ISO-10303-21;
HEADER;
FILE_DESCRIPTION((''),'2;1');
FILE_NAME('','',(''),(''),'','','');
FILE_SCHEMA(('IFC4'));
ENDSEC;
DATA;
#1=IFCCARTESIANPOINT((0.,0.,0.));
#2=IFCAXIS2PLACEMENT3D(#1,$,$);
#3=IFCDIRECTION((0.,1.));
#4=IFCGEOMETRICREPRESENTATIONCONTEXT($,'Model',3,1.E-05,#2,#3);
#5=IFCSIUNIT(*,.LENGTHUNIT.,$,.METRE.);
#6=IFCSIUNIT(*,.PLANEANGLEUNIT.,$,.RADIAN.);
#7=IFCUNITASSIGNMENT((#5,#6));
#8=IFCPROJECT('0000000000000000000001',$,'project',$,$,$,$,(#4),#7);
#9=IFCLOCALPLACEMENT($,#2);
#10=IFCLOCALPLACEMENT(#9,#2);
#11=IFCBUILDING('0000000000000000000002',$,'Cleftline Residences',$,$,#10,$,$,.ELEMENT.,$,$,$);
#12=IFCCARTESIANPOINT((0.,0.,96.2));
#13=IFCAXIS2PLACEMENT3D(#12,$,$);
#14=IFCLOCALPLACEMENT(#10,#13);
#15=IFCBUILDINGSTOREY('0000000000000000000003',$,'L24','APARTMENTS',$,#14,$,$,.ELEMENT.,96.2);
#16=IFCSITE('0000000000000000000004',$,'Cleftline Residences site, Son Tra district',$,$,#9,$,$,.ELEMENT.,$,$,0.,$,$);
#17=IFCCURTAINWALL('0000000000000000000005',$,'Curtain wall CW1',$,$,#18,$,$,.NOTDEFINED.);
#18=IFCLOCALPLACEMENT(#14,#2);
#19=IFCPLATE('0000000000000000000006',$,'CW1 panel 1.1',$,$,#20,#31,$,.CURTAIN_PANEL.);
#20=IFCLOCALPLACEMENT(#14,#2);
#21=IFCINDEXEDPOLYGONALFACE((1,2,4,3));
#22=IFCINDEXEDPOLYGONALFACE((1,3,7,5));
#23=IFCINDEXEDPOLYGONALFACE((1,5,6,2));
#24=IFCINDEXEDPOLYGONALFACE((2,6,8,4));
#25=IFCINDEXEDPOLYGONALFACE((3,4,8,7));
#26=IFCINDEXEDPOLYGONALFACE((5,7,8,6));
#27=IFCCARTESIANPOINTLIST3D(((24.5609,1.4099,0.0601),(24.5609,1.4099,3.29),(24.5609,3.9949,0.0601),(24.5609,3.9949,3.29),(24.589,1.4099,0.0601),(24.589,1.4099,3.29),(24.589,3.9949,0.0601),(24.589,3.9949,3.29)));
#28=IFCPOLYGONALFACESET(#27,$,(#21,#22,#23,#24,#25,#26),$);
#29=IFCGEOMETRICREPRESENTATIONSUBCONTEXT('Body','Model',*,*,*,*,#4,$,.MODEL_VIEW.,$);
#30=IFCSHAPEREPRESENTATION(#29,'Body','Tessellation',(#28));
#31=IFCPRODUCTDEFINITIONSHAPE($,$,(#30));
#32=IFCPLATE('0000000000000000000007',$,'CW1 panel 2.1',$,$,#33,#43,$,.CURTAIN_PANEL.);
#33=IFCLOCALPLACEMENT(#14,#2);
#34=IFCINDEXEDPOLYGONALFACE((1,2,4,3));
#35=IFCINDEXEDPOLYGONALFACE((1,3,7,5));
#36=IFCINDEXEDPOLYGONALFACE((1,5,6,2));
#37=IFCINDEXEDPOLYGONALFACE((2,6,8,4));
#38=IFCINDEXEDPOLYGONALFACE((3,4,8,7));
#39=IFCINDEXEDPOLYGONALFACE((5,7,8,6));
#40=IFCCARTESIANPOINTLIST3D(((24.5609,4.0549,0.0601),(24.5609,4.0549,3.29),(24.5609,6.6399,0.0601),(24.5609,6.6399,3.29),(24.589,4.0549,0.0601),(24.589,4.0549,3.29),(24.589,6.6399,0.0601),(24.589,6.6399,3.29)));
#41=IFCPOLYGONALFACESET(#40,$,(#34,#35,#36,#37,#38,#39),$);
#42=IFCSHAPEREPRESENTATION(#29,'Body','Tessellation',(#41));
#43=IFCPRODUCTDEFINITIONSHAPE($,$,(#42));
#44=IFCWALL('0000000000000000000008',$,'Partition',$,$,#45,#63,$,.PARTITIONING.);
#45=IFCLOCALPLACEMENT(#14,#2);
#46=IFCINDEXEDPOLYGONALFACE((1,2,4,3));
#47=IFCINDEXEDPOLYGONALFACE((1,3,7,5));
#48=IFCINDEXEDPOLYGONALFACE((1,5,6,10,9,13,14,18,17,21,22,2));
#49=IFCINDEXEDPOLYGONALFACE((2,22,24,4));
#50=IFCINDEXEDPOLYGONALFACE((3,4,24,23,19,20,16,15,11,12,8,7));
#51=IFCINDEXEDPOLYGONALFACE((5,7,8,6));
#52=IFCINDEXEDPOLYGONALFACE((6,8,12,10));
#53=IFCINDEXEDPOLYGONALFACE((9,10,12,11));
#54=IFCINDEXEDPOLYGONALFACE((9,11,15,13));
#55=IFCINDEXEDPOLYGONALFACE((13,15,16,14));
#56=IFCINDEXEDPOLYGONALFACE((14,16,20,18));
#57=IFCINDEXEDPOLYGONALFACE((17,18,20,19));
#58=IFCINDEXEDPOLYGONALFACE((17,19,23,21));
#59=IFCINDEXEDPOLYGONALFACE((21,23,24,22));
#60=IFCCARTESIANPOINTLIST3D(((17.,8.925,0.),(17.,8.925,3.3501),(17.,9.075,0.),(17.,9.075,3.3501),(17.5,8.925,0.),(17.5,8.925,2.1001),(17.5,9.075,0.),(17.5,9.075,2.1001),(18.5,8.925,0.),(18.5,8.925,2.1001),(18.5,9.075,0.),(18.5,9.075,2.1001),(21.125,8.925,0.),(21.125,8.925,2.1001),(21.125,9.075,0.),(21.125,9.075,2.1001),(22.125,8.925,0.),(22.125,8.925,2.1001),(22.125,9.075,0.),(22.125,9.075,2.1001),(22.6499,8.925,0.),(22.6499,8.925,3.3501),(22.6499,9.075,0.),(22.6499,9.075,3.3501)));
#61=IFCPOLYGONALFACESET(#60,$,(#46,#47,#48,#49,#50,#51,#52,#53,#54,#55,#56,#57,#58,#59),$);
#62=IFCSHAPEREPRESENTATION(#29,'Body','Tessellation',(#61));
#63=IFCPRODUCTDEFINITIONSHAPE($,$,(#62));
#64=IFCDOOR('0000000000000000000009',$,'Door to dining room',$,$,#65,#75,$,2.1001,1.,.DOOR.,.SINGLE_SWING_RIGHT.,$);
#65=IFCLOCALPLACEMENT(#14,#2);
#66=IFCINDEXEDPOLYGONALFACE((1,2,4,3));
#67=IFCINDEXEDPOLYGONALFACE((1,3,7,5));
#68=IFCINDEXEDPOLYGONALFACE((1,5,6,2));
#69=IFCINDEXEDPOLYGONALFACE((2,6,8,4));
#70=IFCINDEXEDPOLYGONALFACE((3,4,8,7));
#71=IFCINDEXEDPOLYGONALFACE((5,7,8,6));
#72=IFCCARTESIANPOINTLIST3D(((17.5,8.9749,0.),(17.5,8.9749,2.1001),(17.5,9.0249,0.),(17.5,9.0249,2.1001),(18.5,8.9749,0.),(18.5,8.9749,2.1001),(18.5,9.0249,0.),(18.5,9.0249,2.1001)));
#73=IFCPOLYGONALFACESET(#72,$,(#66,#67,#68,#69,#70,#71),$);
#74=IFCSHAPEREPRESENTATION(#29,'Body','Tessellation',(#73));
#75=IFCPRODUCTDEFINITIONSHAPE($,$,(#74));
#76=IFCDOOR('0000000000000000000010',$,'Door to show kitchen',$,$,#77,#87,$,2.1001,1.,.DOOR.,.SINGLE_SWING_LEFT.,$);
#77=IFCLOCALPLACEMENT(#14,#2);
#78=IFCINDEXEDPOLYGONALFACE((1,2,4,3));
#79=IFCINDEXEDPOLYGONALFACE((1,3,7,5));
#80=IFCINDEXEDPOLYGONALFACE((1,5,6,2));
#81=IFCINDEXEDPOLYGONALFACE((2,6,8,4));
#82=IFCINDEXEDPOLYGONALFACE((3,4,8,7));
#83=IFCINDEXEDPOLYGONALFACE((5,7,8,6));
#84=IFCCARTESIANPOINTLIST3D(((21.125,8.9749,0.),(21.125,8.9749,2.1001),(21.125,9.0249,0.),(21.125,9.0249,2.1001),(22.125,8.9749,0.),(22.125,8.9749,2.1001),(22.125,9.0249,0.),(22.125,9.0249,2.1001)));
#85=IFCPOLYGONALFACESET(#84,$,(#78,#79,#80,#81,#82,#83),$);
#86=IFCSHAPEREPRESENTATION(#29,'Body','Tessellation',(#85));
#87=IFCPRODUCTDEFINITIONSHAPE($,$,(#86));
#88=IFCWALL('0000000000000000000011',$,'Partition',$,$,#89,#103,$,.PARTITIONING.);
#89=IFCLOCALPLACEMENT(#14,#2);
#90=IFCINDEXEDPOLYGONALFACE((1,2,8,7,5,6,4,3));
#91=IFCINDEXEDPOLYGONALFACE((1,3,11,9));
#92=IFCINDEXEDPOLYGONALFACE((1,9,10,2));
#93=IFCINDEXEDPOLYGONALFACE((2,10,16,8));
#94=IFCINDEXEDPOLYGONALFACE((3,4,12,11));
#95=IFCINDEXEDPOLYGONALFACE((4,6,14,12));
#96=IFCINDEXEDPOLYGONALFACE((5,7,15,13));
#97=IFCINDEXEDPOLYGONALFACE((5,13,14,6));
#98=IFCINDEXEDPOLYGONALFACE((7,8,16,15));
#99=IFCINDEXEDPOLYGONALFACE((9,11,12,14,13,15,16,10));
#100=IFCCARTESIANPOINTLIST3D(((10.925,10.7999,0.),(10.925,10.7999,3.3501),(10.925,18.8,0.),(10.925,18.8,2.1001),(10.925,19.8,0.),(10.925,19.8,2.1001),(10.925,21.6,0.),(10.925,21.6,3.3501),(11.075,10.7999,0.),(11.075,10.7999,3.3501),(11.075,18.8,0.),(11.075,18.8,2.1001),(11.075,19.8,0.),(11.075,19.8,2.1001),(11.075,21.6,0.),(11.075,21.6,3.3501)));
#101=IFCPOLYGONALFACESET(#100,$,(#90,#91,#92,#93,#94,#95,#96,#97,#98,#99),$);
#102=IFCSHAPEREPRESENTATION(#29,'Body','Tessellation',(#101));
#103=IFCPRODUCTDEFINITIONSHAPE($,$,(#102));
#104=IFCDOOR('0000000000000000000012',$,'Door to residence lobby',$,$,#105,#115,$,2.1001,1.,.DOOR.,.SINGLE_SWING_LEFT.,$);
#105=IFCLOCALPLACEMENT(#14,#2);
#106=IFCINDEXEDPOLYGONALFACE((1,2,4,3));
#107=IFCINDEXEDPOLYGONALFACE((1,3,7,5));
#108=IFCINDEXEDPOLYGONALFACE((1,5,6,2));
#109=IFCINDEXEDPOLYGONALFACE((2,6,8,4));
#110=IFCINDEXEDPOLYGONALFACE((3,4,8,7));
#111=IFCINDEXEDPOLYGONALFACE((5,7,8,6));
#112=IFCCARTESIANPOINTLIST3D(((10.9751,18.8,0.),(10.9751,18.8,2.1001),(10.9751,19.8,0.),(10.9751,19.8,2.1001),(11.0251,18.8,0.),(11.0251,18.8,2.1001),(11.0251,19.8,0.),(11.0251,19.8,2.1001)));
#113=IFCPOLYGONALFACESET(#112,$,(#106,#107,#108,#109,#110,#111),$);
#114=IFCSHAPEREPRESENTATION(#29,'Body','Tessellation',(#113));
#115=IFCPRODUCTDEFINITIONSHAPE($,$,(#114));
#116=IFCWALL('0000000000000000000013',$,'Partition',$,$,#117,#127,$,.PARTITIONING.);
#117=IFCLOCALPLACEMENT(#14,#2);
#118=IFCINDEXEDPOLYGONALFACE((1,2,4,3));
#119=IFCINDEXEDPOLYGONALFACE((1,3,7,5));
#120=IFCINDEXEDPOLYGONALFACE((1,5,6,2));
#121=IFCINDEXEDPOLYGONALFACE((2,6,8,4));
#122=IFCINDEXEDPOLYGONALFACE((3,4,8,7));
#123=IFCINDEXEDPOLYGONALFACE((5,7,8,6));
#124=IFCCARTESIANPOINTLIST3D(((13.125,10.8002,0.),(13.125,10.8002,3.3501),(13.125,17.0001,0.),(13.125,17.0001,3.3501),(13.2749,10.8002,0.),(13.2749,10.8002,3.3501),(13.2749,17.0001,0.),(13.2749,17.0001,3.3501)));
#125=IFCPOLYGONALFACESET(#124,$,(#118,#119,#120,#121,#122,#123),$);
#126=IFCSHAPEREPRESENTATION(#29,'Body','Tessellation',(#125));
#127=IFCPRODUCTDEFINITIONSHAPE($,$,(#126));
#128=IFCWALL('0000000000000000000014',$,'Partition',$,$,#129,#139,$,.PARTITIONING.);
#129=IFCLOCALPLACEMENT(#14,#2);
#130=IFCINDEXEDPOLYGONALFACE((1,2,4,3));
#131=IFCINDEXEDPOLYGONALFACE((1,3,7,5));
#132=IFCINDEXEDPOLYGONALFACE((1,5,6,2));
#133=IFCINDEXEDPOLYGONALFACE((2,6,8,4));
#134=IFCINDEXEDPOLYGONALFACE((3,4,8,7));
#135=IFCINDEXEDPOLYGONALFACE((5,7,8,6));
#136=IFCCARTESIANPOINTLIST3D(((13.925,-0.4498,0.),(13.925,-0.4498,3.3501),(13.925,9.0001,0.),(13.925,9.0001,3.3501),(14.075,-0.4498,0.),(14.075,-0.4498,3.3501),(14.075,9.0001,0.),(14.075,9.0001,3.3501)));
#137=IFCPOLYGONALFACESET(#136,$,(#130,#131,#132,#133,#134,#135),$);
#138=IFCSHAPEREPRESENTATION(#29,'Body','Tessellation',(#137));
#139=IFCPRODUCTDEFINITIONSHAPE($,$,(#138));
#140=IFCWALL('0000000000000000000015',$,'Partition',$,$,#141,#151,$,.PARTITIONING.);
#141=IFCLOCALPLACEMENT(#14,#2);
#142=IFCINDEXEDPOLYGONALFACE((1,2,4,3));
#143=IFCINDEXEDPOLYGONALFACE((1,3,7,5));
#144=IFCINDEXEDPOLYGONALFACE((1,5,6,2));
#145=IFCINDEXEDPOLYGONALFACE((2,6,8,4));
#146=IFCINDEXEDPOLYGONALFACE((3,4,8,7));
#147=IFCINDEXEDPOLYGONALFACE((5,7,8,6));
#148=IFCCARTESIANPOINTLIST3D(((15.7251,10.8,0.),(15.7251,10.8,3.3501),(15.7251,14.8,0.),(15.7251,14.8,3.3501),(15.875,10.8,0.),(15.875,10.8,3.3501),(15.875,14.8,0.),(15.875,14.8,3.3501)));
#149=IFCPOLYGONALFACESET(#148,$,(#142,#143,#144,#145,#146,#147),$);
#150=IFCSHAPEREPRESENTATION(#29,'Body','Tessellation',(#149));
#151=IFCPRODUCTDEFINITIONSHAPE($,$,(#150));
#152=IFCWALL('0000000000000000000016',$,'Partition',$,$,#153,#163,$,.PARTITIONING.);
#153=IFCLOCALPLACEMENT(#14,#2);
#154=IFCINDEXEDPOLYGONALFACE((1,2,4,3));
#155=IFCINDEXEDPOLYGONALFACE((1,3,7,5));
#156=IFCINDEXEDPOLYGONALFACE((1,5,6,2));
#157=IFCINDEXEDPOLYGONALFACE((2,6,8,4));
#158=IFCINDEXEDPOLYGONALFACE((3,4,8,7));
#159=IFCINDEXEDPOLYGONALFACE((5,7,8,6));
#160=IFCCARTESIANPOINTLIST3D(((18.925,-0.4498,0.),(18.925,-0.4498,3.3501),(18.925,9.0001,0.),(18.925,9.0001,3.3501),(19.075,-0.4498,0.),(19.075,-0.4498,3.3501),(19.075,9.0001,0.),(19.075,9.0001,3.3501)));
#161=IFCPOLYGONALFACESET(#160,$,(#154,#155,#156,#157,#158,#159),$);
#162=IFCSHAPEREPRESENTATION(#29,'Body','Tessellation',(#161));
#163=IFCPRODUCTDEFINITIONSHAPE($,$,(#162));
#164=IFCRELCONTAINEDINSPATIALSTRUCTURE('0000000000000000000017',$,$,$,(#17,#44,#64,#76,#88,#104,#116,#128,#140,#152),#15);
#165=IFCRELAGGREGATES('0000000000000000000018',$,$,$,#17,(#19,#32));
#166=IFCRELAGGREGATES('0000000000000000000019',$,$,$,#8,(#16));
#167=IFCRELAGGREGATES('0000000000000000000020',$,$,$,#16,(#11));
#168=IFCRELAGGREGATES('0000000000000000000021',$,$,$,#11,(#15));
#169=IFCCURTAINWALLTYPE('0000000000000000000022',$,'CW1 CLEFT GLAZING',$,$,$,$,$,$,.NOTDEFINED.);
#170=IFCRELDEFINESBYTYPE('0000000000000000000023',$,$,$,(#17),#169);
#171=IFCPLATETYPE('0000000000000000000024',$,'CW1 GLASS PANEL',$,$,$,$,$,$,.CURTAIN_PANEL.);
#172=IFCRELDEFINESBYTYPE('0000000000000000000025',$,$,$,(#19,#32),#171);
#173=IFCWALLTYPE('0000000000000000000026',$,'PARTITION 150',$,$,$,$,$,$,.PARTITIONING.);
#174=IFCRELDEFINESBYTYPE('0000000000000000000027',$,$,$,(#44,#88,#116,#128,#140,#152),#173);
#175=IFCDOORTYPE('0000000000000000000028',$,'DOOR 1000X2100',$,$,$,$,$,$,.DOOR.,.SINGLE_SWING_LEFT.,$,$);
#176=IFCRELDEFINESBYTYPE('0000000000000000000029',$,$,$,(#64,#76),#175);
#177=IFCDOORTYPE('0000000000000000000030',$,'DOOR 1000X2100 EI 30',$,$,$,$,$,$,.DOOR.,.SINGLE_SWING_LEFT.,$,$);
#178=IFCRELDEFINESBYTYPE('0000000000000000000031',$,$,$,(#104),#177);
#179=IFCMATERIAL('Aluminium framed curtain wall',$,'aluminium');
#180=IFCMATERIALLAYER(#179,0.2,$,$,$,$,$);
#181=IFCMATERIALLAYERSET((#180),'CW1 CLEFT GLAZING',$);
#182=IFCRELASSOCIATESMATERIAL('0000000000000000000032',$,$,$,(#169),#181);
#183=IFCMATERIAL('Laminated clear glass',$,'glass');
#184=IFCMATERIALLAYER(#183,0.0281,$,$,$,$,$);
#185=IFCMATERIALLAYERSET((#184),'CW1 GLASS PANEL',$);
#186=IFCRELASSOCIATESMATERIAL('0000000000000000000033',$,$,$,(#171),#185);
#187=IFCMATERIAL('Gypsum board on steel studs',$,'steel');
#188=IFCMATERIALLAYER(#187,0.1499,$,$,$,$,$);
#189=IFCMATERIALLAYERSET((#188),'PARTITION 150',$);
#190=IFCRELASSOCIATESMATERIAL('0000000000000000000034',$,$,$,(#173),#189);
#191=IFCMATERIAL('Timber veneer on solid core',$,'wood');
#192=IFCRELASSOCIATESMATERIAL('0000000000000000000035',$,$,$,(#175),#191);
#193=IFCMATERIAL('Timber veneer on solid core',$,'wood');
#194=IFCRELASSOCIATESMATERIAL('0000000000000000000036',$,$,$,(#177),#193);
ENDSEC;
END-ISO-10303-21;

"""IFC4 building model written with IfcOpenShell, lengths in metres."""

from ifc_helpers import new_model, si_unit, direction, frame, frame_2d, origin, origin_2d, place, context, subcontext, project, spatial, rectangle, extrude, material, layer, layer_set, type_object, element, fill, aggregate, save


model = new_model("IFC4")

# Units and contexts
model_context = context("Model", 3, precision=1e-05, world=origin(), true_north=direction((0.0, 1.0)))
body_context = subcontext(model_context, "Body", "Model", "MODEL_VIEW")
ifc_project = project(units=[si_unit("LENGTHUNIT", "METRE"), si_unit("PLANEANGLEUNIT", "RADIAN")], contexts=[model_context])

# Site, building, storey
site_placement = place(None, origin())
site = spatial("IfcSite", under=ifc_project, at=site_placement, Name="Cleftline Residences site, Son Tra district", CompositionType="ELEMENT", RefElevation=0.0)
building_placement = place(site_placement, origin())
building = spatial("IfcBuilding", under=site, at=building_placement, Name="Cleftline Residences", CompositionType="ELEMENT")
storey_placement = place(building_placement, frame((0.0, 0.0, 96.2)))
storey = spatial("IfcBuildingStorey", under=building, at=storey_placement, Name="L24", Description="APARTMENTS", CompositionType="ELEMENT", Elevation=96.2)

# Curtain wall
ifc_material_1 = material(Name="Aluminium framed curtain wall", Category="aluminium")
ifc_layer_1 = layer(ifc_material_1, 0.2)
ifc_layer_set_1 = layer_set([ifc_layer_1], Name="CW1 CLEFT GLAZING")
curtain_wall_type = type_object("IfcCurtainWallType", Name="CW1 CLEFT GLAZING", PredefinedType="NOTDEFINED", material=ifc_layer_set_1)
curtain_wall_1_placement = place(storey_placement, origin())
curtain_wall_1 = element("IfcCurtainWall", 1, at=curtain_wall_1_placement, inside=storey, type_object=curtain_wall_type, Name="Curtain wall CW1", PredefinedType="NOTDEFINED")

# Plates
ifc_material_2 = material(Name="Laminated clear glass", Category="glass")
ifc_layer_2 = layer(ifc_material_2, 0.0281)
ifc_layer_set_2 = layer_set([ifc_layer_2], Name="CW1 GLASS PANEL")
plate_type = type_object("IfcPlateType", Name="CW1 GLASS PANEL", PredefinedType="CURTAIN_PANEL", material=ifc_layer_set_2)
plate_1_placement = place(storey_placement, frame((24.575, 2.7024, 0.0601), z_axis=(0.0, 0.0, 1.0), x_axis=(0.0, 1.0, 0.0)))
plate_1 = element("IfcPlate", 2, at=plate_1_placement, type_object=plate_type, Name="CW1 panel 1.1", PredefinedType="CURTAIN_PANEL", context=body_context, shape_type="SweptSolid", body=[
    extrude(rectangle(XDim=2.585, YDim=0.0281, at=origin_2d()), origin(), (0.0, 0.0, 1.0), 3.23),
])
plate_2_placement = place(storey_placement, frame((24.575, 5.3474, 0.0601), z_axis=(0.0, 0.0, 1.0), x_axis=(0.0, 1.0, 0.0)))
plate_2 = element("IfcPlate", 3, at=plate_2_placement, type_object=plate_type, Name="CW1 panel 2.1", PredefinedType="CURTAIN_PANEL", context=body_context, shape_type="SweptSolid", body=[
    extrude(rectangle(XDim=2.585, YDim=0.0281, at=origin_2d()), origin(), (0.0, 0.0, 1.0), 3.23),
])
aggregate(curtain_wall_1, [plate_1, plate_2])

# Wall, openings, doors
ifc_material_3 = material(Name="Gypsum board on steel studs", Category="steel")
ifc_layer_3 = layer(ifc_material_3, 0.1499)
ifc_layer_set_3 = layer_set([ifc_layer_3], Name="PARTITION 150")
wall_type = type_object("IfcWallType", Name="PARTITION 150", PredefinedType="PARTITIONING", material=ifc_layer_set_3)
wall_1_placement = place(storey_placement, frame((17.0, 9.0, 0.0), z_axis=(0.0, 0.0, 1.0), x_axis=(1.0, 0.0, 0.0)))
wall_1 = element("IfcWall", 4, at=wall_1_placement, inside=storey, type_object=wall_type, Name="Partition", PredefinedType="PARTITIONING", context=body_context, shape_type="SweptSolid", body=[
    extrude(rectangle(XDim=5.6499, YDim=0.1499, at=frame_2d((2.825, 0.0))), origin(), (0.0, 0.0, 1.0), 3.3501),
])
opening_1_placement = place(wall_1_placement, frame((0.5, 0.0, 0.0)))
opening_1 = element("IfcOpeningElement", 5, at=opening_1_placement, cuts=wall_1, PredefinedType="OPENING", context=body_context, shape_type="SweptSolid", body=[
    extrude(rectangle(XDim=1.0, YDim=2.1001, at=frame_2d((0.5, 1.05))), frame((0.0, 0.085, 0.0), z_axis=(0.0, -1.0, 0.0), x_axis=(1.0, 0.0, 0.0)), (0.0, 0.0, 1.0), 0.1699),
])
opening_2_placement = place(wall_1_placement, frame((4.125, 0.0, 0.0)))
opening_2 = element("IfcOpeningElement", 6, at=opening_2_placement, cuts=wall_1, PredefinedType="OPENING", context=body_context, shape_type="SweptSolid", body=[
    extrude(rectangle(XDim=1.0, YDim=2.1001, at=frame_2d((0.5, 1.05))), frame((0.0, 0.085, 0.0), z_axis=(0.0, -1.0, 0.0), x_axis=(1.0, 0.0, 0.0)), (0.0, 0.0, 1.0), 0.1699),
])
ifc_material_4 = material(Name="Timber veneer on solid core", Category="wood")
door_type_1 = type_object("IfcDoorType", Name="DOOR 1000X2100", OperationType="SINGLE_SWING_LEFT", PredefinedType="DOOR", material=ifc_material_4)
door_1_placement = place(opening_1_placement, origin())
door_1 = element("IfcDoor", 7, at=door_1_placement, inside=storey, type_object=door_type_1, Name="Door to dining room", OperationType="SINGLE_SWING_RIGHT", OverallHeight=2.1001, OverallWidth=1.0, PredefinedType="DOOR", context=body_context, shape_type="SweptSolid", body=[
    extrude(rectangle(XDim=1.0, YDim=2.1001, at=frame_2d((0.5, 1.05))), frame((0.0, 0.0249, 0.0), z_axis=(0.0, -1.0, 0.0), x_axis=(1.0, 0.0, 0.0)), (0.0, 0.0, 1.0), 0.05),
])
fill(opening_1, door_1)
door_2_placement = place(opening_2_placement, origin())
door_2 = element("IfcDoor", 8, at=door_2_placement, inside=storey, type_object=door_type_1, Name="Door to show kitchen", OperationType="SINGLE_SWING_LEFT", OverallHeight=2.1001, OverallWidth=1.0, PredefinedType="DOOR", context=body_context, shape_type="SweptSolid", body=[
    extrude(rectangle(XDim=1.0, YDim=2.1001, at=frame_2d((0.5, 1.05))), frame((0.0, 0.0249, 0.0), z_axis=(0.0, -1.0, 0.0), x_axis=(1.0, 0.0, 0.0)), (0.0, 0.0, 1.0), 0.05),
])
fill(opening_2, door_2)

# Wall, opening, door
wall_2_placement = place(storey_placement, frame((11.0, 10.8, 0.0), z_axis=(0.0, 0.0, 1.0), x_axis=(0.0, 1.0, 0.0)))
wall_2 = element("IfcWall", 9, at=wall_2_placement, inside=storey, type_object=wall_type, Name="Partition", PredefinedType="PARTITIONING", context=body_context, shape_type="SweptSolid", body=[
    extrude(rectangle(XDim=10.8, YDim=0.1499, at=frame_2d((5.3999, 0.0))), origin(), (0.0, 0.0, 1.0), 3.3501),
])
opening_3_placement = place(wall_2_placement, frame((8.0, 0.0, 0.0)))
opening_3 = element("IfcOpeningElement", 10, at=opening_3_placement, cuts=wall_2, PredefinedType="OPENING", context=body_context, shape_type="SweptSolid", body=[
    extrude(rectangle(XDim=1.0, YDim=2.1001, at=frame_2d((0.5, 1.05))), frame((0.0, 0.085, 0.0), z_axis=(0.0, -1.0, 0.0), x_axis=(1.0, 0.0, 0.0)), (0.0, 0.0, 1.0), 0.1699),
])
ifc_material_5 = material(Name="Timber veneer on solid core", Category="wood")
door_type_2 = type_object("IfcDoorType", Name="DOOR 1000X2100 EI 30", OperationType="SINGLE_SWING_LEFT", PredefinedType="DOOR", material=ifc_material_5)
door_3_placement = place(opening_3_placement, origin())
door_3 = element("IfcDoor", 11, at=door_3_placement, inside=storey, type_object=door_type_2, Name="Door to residence lobby", OperationType="SINGLE_SWING_LEFT", OverallHeight=2.1001, OverallWidth=1.0, PredefinedType="DOOR", context=body_context, shape_type="SweptSolid", body=[
    extrude(rectangle(XDim=1.0, YDim=2.1001, at=frame_2d((0.5, 1.05))), frame((0.0, 0.0249, 0.0), z_axis=(0.0, -1.0, 0.0), x_axis=(1.0, 0.0, 0.0)), (0.0, 0.0, 1.0), 0.05),
])
fill(opening_3, door_3)

# Walls
wall_3_placement = place(storey_placement, frame((13.2, 10.8, 0.0), z_axis=(0.0, 0.0, 1.0), x_axis=(0.0, 1.0, 0.0)))
element("IfcWall", 12, at=wall_3_placement, inside=storey, type_object=wall_type, Name="Partition", PredefinedType="PARTITIONING", context=body_context, shape_type="SweptSolid", body=[
    extrude(rectangle(XDim=6.2, YDim=0.1499, at=frame_2d((3.1001, 0.0))), origin(), (0.0, 0.0, 1.0), 3.3501),
])
wall_4_placement = place(storey_placement, frame((14.0, -0.45, 0.0), z_axis=(0.0, 0.0, 1.0), x_axis=(0.0, 1.0, 0.0)))
element("IfcWall", 13, at=wall_4_placement, inside=storey, type_object=wall_type, Name="Partition", PredefinedType="PARTITIONING", context=body_context, shape_type="SweptSolid", body=[
    extrude(rectangle(XDim=9.45, YDim=0.1499, at=frame_2d((4.7251, 0.0))), origin(), (0.0, 0.0, 1.0), 3.3501),
])
wall_5_placement = place(storey_placement, frame((15.8, 10.8, 0.0), z_axis=(0.0, 0.0, 1.0), x_axis=(0.0, 1.0, 0.0)))
element("IfcWall", 14, at=wall_5_placement, inside=storey, type_object=wall_type, Name="Partition", PredefinedType="PARTITIONING", context=body_context, shape_type="SweptSolid", body=[
    extrude(rectangle(XDim=4.0, YDim=0.1499, at=frame_2d((2.0, 0.0))), origin(), (0.0, 0.0, 1.0), 3.3501),
])
wall_6_placement = place(storey_placement, frame((19.0, -0.45, 0.0), z_axis=(0.0, 0.0, 1.0), x_axis=(0.0, 1.0, 0.0)))
element("IfcWall", 15, at=wall_6_placement, inside=storey, type_object=wall_type, Name="Partition", PredefinedType="PARTITIONING", context=body_context, shape_type="SweptSolid", body=[
    extrude(rectangle(XDim=9.45, YDim=0.1499, at=frame_2d((4.7251, 0.0))), origin(), (0.0, 0.0, 1.0), 3.3501),
])

save(model, "model.ifc")
